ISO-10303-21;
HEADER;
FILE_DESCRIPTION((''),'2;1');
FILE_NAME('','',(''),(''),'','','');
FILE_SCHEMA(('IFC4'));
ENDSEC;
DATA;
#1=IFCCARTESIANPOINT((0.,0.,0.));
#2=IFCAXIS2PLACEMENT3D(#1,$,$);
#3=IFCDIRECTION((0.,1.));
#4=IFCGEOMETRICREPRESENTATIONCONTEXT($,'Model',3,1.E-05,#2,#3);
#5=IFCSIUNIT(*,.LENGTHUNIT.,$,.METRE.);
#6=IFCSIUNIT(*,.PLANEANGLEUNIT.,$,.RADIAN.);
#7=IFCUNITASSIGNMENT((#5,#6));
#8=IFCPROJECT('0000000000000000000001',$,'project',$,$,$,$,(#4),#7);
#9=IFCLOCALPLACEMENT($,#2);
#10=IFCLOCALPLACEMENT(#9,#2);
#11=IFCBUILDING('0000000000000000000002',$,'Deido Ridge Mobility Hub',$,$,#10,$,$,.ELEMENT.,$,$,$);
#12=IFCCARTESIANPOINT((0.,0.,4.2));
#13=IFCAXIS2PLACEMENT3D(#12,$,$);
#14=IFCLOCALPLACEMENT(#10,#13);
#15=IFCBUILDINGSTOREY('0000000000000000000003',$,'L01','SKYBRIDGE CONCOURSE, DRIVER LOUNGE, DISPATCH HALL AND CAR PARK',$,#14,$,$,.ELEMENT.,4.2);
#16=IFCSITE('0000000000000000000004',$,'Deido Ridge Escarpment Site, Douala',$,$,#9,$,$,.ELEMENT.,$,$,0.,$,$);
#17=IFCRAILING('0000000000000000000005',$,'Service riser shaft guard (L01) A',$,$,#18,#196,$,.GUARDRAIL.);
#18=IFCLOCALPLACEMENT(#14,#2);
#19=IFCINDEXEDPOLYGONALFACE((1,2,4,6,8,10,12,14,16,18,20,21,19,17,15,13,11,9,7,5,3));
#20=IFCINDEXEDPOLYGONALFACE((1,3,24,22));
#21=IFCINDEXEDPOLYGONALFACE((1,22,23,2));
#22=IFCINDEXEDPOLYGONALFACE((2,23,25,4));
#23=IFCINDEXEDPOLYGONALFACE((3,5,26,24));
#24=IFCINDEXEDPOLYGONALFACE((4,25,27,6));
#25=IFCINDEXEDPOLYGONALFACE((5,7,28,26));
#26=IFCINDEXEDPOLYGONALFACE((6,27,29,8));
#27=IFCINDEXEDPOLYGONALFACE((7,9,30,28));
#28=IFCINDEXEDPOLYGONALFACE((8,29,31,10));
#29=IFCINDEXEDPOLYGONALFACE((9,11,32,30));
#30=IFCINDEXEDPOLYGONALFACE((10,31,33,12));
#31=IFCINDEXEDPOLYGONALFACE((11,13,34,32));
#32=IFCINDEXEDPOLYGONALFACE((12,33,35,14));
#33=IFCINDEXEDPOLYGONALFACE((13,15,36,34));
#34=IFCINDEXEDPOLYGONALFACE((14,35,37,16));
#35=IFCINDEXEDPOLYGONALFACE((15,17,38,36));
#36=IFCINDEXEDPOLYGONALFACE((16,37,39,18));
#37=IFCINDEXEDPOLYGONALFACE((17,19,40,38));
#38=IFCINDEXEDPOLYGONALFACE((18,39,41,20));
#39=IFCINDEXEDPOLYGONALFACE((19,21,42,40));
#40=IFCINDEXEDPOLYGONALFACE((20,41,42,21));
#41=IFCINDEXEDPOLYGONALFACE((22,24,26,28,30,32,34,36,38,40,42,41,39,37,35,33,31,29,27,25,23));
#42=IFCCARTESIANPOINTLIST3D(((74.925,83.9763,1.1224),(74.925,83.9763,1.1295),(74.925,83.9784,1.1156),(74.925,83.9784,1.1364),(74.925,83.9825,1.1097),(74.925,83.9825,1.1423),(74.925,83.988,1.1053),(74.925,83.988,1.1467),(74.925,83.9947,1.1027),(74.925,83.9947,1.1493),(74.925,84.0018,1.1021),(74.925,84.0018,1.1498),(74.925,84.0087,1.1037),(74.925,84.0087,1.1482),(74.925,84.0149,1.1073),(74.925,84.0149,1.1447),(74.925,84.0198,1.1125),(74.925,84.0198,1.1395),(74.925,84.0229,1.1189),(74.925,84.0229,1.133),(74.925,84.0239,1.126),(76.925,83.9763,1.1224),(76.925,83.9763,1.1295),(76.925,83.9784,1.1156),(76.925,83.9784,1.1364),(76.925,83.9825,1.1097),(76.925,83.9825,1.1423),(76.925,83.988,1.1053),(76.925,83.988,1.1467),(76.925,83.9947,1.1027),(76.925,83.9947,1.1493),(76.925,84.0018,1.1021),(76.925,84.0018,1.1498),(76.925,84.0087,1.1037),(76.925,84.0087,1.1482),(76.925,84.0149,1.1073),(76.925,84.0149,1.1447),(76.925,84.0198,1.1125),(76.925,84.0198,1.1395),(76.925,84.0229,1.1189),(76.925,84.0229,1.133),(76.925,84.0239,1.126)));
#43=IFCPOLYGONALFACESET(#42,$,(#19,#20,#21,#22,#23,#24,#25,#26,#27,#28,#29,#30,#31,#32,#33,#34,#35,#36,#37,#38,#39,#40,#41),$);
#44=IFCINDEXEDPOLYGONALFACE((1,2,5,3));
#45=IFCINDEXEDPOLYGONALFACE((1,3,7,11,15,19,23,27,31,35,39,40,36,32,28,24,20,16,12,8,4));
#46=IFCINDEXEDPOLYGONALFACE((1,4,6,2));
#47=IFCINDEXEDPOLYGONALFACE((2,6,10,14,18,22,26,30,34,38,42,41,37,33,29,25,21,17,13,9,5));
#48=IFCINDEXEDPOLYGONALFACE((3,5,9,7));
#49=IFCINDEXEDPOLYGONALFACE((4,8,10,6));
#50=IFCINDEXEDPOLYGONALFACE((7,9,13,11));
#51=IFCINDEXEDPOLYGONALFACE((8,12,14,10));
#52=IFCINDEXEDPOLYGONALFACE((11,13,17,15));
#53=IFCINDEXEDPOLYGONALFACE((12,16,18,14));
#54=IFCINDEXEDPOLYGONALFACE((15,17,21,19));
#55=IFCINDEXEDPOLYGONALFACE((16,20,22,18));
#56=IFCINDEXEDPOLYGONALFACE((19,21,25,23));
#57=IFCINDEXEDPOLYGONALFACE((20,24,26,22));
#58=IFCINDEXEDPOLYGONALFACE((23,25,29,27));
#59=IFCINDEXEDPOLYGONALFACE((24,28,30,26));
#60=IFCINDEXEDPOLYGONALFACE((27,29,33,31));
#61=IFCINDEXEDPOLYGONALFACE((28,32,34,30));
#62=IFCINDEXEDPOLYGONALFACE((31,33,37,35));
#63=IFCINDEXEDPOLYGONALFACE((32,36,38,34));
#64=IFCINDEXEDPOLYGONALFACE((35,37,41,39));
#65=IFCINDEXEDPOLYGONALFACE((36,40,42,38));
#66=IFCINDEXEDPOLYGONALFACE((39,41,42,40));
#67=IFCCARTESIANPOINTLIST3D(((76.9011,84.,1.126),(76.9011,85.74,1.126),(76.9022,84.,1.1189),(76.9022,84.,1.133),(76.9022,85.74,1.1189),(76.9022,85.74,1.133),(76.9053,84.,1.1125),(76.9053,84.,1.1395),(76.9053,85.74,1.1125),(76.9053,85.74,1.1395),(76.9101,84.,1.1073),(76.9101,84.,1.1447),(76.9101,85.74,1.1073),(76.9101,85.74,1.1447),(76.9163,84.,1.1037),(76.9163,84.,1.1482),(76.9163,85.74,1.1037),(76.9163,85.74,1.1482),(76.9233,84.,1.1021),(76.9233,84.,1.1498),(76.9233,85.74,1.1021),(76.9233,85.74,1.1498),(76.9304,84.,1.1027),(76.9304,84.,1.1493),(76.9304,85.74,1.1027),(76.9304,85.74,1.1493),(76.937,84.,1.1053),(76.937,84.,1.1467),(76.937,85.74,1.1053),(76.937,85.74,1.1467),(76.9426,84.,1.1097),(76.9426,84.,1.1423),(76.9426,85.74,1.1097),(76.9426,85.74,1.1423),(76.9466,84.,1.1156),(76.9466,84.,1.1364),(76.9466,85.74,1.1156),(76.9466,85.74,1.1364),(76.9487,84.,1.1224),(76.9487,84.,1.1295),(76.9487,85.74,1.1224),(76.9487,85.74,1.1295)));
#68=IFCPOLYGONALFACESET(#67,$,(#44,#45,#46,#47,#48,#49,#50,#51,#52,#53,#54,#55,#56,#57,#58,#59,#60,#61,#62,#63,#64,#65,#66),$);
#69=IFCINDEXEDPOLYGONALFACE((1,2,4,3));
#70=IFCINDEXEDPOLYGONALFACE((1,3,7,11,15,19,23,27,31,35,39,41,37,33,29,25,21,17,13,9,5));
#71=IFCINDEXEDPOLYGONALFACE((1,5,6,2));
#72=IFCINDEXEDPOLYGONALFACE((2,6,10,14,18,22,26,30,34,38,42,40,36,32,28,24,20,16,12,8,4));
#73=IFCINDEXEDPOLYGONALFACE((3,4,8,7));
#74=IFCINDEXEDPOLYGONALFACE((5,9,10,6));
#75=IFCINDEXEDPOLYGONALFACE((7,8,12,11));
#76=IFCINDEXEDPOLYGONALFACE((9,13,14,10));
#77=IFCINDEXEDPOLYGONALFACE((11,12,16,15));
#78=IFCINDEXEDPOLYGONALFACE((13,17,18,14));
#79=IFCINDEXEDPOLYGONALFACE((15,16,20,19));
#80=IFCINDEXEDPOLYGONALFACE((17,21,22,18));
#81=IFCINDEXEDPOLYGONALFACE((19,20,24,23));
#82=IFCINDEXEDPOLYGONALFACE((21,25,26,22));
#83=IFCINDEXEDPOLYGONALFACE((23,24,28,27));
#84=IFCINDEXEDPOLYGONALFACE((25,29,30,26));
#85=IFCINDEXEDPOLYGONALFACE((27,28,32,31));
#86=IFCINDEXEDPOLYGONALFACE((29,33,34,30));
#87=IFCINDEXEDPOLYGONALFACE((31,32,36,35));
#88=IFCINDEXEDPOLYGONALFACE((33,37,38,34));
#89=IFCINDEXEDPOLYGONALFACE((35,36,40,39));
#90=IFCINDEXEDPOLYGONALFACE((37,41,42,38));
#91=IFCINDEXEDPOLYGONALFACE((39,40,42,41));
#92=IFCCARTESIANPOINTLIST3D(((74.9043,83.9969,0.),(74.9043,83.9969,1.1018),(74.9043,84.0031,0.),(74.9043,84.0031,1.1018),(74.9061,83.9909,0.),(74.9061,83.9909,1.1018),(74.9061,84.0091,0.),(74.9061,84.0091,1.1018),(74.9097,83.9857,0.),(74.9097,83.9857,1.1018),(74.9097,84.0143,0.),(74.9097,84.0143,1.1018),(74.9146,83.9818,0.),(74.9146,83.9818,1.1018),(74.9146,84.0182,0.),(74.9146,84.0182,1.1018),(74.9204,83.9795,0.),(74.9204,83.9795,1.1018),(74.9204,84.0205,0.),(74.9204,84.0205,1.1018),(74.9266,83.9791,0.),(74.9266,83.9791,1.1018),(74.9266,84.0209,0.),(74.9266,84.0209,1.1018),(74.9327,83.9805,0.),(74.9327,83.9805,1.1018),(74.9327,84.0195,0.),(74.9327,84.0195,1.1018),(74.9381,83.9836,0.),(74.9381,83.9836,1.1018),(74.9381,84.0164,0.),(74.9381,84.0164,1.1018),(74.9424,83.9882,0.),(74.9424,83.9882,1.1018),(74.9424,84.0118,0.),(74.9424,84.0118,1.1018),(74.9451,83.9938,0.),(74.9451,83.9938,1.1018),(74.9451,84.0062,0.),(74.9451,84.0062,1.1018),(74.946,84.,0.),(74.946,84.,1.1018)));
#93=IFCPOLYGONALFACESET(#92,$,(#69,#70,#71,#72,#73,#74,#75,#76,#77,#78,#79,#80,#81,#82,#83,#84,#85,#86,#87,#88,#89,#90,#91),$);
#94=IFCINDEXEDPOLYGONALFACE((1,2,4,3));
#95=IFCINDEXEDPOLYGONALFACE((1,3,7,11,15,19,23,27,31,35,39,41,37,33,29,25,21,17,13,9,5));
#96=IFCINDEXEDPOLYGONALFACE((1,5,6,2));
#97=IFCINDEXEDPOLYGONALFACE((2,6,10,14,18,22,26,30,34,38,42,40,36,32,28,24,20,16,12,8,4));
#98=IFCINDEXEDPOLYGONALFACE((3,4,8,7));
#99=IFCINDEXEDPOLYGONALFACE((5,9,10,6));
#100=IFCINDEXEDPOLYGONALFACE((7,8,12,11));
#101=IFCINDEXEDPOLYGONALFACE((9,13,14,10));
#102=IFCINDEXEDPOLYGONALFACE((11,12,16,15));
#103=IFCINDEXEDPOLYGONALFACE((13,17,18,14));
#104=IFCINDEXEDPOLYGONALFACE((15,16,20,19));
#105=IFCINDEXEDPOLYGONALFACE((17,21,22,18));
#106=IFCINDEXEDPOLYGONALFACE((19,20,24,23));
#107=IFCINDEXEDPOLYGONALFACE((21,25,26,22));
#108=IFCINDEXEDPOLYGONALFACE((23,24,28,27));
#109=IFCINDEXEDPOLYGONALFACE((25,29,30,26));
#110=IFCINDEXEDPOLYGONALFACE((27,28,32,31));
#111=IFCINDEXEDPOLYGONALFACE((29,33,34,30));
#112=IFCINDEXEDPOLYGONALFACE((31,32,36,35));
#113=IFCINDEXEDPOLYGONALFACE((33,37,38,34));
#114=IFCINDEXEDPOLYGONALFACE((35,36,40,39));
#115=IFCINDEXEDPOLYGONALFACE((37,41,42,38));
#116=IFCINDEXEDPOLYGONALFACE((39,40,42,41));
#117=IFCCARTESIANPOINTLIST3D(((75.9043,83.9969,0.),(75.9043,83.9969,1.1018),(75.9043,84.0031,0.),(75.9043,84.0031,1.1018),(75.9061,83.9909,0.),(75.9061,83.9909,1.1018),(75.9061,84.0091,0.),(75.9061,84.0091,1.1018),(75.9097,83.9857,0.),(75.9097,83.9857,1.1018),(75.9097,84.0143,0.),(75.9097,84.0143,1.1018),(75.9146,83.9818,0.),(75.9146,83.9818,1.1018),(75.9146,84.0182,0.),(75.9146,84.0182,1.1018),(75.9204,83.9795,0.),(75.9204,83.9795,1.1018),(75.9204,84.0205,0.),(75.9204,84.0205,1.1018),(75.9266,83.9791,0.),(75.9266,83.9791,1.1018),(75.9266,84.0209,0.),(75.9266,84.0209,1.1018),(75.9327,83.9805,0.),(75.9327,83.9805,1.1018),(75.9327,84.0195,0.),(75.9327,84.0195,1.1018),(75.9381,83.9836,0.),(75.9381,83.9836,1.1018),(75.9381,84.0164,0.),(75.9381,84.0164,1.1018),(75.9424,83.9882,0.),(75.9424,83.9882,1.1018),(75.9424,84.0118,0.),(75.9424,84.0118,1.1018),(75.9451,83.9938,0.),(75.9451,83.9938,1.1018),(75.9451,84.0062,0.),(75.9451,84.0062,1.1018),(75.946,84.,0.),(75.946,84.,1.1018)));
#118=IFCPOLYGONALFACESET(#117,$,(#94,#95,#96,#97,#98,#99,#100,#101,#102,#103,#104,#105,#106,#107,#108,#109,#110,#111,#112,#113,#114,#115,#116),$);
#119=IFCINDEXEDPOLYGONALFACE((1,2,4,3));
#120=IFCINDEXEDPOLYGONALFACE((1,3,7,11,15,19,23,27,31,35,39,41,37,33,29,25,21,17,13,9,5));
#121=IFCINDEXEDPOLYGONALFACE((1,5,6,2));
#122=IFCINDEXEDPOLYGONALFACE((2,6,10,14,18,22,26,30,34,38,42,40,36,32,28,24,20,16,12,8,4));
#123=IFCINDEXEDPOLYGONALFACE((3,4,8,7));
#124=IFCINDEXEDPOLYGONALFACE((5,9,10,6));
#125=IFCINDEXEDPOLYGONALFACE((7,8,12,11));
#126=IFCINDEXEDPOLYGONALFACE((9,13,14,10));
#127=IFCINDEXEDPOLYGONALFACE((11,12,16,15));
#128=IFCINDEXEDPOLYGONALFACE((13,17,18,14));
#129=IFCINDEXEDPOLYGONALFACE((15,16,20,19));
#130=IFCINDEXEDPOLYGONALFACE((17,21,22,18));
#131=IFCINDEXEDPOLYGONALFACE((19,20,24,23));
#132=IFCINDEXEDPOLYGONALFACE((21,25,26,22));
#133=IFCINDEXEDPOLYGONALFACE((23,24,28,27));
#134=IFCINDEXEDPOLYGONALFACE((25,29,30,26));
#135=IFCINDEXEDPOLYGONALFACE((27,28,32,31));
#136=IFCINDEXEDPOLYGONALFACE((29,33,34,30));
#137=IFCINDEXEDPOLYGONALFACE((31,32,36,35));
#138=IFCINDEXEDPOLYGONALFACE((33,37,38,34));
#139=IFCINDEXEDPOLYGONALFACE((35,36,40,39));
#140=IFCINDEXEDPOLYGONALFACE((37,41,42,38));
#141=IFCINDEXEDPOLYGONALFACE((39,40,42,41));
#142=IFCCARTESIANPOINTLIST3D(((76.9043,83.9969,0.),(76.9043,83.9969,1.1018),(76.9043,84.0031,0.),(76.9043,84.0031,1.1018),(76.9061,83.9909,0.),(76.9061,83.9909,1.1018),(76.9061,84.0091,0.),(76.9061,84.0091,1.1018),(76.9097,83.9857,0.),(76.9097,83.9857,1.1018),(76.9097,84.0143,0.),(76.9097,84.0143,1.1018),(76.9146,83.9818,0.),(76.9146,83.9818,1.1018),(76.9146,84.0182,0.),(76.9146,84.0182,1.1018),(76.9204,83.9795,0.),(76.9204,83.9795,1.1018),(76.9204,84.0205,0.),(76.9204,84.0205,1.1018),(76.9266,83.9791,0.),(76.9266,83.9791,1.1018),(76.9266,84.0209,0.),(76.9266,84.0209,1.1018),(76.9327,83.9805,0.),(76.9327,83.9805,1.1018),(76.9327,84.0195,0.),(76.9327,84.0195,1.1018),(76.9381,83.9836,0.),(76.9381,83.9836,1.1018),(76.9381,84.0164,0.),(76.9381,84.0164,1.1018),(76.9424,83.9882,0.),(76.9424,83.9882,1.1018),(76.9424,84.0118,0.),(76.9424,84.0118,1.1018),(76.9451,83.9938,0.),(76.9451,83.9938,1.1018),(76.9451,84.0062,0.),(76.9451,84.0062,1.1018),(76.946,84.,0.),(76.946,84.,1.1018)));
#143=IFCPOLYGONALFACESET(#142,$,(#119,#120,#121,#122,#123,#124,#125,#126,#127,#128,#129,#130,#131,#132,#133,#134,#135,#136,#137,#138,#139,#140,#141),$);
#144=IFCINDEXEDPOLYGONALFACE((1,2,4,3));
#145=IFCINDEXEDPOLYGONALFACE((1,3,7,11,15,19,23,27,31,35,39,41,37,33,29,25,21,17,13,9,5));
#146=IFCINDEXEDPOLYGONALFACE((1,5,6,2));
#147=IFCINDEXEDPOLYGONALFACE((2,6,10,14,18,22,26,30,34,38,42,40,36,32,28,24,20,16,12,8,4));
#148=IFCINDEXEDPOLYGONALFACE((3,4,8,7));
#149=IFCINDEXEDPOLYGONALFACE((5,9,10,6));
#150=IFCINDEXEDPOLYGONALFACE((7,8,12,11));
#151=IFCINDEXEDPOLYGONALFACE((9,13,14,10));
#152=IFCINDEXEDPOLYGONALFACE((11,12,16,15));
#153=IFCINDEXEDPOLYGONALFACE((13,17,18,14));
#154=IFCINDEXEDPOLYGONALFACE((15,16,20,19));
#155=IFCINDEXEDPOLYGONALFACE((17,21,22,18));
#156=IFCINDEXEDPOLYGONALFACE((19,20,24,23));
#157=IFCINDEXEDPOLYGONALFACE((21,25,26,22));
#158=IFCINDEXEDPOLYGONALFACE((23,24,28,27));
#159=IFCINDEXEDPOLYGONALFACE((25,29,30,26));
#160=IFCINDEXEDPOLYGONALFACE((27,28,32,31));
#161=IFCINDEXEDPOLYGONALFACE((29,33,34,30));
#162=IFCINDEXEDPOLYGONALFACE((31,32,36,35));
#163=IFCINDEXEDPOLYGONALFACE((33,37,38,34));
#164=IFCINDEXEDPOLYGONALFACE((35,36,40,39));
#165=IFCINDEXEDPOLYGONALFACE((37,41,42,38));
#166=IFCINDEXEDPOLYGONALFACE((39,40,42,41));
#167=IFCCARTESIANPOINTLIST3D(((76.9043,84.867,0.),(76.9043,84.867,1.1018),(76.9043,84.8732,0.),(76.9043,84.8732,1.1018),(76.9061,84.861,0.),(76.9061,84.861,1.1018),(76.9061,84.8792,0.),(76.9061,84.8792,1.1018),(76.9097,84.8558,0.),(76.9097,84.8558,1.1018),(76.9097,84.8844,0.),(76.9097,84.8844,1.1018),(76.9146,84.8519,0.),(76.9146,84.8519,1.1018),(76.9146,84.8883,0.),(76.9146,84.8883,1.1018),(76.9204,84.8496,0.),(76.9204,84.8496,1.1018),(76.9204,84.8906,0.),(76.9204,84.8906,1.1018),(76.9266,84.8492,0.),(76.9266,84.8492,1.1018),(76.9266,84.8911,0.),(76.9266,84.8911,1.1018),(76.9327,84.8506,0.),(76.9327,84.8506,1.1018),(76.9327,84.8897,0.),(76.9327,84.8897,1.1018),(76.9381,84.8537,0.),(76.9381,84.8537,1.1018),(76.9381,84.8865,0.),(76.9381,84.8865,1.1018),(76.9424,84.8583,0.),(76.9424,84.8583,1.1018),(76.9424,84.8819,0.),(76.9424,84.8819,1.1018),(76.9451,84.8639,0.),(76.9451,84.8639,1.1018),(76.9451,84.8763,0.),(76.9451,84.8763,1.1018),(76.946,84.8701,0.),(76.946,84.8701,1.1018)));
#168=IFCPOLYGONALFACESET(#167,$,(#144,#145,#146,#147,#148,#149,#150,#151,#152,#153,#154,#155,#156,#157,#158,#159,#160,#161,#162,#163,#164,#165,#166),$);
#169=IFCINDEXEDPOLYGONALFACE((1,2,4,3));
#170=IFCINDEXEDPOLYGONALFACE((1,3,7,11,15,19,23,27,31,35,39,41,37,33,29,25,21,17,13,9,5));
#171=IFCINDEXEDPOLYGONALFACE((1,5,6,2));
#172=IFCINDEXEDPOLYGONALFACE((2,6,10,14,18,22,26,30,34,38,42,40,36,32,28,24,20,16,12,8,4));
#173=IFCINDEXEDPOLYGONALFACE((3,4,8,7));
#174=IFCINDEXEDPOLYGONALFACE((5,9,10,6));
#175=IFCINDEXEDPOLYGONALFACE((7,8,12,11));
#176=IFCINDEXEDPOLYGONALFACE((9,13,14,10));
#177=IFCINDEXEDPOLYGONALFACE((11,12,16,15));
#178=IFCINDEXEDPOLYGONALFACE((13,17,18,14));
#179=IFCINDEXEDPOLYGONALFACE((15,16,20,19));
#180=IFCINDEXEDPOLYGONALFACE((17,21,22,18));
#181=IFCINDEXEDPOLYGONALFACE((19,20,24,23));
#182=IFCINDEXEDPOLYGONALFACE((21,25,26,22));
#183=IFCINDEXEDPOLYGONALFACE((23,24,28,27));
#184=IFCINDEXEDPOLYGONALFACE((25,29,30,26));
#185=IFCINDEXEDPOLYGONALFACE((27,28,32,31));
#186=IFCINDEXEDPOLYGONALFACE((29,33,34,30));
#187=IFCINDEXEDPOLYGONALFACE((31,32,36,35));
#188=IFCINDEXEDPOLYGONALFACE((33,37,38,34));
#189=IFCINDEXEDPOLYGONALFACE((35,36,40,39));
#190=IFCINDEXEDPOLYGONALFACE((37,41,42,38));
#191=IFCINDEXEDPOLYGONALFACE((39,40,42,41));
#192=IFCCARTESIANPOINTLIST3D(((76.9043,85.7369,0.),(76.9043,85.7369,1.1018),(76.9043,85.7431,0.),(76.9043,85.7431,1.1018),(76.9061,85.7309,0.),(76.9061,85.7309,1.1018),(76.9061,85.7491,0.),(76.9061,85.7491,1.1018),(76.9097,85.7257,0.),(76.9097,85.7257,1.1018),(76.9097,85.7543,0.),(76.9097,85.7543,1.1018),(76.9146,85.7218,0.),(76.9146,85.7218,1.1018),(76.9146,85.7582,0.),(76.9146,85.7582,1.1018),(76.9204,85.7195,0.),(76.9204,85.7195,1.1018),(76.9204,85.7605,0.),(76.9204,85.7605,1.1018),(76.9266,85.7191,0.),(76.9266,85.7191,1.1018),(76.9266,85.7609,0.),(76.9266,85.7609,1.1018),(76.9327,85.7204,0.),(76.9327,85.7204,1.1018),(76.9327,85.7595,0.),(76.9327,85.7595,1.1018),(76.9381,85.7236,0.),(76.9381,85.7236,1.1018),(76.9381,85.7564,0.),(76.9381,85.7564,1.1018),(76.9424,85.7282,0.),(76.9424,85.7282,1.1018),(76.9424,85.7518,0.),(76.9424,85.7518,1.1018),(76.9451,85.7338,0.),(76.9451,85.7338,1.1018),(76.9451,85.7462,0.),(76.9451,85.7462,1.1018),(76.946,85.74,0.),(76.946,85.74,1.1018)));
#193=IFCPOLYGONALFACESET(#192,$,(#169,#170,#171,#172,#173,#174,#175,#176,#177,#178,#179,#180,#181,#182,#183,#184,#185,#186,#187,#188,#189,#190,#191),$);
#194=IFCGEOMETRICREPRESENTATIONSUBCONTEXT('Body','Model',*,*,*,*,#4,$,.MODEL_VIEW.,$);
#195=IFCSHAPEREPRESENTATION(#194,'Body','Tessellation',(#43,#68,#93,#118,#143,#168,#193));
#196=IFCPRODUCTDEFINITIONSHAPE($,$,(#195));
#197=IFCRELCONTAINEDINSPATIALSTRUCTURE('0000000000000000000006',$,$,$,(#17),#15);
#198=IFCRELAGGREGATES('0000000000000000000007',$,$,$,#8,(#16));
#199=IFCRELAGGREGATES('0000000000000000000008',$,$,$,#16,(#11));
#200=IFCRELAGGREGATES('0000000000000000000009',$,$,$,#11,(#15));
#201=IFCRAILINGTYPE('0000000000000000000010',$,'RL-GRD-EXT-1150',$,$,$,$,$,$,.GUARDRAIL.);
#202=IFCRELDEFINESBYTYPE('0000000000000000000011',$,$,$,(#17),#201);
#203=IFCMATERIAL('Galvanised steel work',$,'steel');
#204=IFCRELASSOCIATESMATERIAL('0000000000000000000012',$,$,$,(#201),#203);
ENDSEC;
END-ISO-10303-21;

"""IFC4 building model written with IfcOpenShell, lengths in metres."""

from ifc_helpers import new_model, si_unit, direction, frame, origin, origin_2d, place, context, subcontext, project, spatial, circle, extrude, material, type_object, element, save


model = new_model("IFC4")

# Units and contexts
model_context = context("Model", 3, precision=1e-05, world=origin(), true_north=direction((0.0, 1.0)))
body_context = subcontext(model_context, "Body", "Model", "MODEL_VIEW")
ifc_project = project(units=[si_unit("LENGTHUNIT", "METRE"), si_unit("PLANEANGLEUNIT", "RADIAN")], contexts=[model_context])

# Site, building, storey
site_placement = place(None, origin())
site = spatial("IfcSite", under=ifc_project, at=site_placement, Name="Deido Ridge Escarpment Site, Douala", CompositionType="ELEMENT", RefElevation=0.0)
building_placement = place(site_placement, origin())
building = spatial("IfcBuilding", under=site, at=building_placement, Name="Deido Ridge Mobility Hub", CompositionType="ELEMENT")
storey_placement = place(building_placement, frame((0.0, 0.0, 4.2)))
storey = spatial("IfcBuildingStorey", under=building, at=storey_placement, Name="L01", Description="SKYBRIDGE CONCOURSE, DRIVER LOUNGE, DISPATCH HALL AND CAR PARK", CompositionType="ELEMENT", Elevation=4.2)

# Shared definitions
ifc_material_1 = material(Name="Galvanised steel work", Category="steel")

# Railing
railing_type_1 = type_object("IfcRailingType", Name="RL-GRD-EXT-1150", PredefinedType="GUARDRAIL", material=ifc_material_1)
railing_1_placement = place(storey_placement, frame((74.925, 84.0, 0.0)))
element("IfcRailing", 1, at=railing_1_placement, inside=storey, type_object=railing_type_1, Name="Service riser shaft guard (L01) A", PredefinedType="GUARDRAIL", context=body_context, shape_type="SweptSolid", body=[
    extrude(circle(Radius=0.0239, at=origin_2d()), frame((0.0, 0.0, 1.126), z_axis=(1.0, 0.0, 0.0), x_axis=(0.0, 1.0, 0.0)), (0.0, 0.0, 1.0), 2.0),
    extrude(circle(Radius=0.0239, at=origin_2d()), frame((2.0, 0.0, 1.126), z_axis=(0.0, 1.0, 0.0), x_axis=(-1.0, 0.0, 0.0)), (0.0, 0.0, 1.0), 1.74),
    extrude(circle(Radius=0.021, at=origin_2d()), origin(), (0.0, 0.0, 1.0), 1.1018),
    extrude(circle(Radius=0.021, at=origin_2d()), frame((1.0, 0.0, 0.0)), (0.0, 0.0, 1.0), 1.1018),
    extrude(circle(Radius=0.021, at=origin_2d()), frame((2.0, 0.0, 0.0)), (0.0, 0.0, 1.0), 1.1018),
    extrude(circle(Radius=0.021, at=origin_2d()), frame((2.0, 0.8701, 0.0)), (0.0, 0.0, 1.0), 1.1018),
    extrude(circle(Radius=0.021, at=origin_2d()), frame((2.0, 1.74, 0.0)), (0.0, 0.0, 1.0), 1.1018),
])

save(model, "model.ifc")
